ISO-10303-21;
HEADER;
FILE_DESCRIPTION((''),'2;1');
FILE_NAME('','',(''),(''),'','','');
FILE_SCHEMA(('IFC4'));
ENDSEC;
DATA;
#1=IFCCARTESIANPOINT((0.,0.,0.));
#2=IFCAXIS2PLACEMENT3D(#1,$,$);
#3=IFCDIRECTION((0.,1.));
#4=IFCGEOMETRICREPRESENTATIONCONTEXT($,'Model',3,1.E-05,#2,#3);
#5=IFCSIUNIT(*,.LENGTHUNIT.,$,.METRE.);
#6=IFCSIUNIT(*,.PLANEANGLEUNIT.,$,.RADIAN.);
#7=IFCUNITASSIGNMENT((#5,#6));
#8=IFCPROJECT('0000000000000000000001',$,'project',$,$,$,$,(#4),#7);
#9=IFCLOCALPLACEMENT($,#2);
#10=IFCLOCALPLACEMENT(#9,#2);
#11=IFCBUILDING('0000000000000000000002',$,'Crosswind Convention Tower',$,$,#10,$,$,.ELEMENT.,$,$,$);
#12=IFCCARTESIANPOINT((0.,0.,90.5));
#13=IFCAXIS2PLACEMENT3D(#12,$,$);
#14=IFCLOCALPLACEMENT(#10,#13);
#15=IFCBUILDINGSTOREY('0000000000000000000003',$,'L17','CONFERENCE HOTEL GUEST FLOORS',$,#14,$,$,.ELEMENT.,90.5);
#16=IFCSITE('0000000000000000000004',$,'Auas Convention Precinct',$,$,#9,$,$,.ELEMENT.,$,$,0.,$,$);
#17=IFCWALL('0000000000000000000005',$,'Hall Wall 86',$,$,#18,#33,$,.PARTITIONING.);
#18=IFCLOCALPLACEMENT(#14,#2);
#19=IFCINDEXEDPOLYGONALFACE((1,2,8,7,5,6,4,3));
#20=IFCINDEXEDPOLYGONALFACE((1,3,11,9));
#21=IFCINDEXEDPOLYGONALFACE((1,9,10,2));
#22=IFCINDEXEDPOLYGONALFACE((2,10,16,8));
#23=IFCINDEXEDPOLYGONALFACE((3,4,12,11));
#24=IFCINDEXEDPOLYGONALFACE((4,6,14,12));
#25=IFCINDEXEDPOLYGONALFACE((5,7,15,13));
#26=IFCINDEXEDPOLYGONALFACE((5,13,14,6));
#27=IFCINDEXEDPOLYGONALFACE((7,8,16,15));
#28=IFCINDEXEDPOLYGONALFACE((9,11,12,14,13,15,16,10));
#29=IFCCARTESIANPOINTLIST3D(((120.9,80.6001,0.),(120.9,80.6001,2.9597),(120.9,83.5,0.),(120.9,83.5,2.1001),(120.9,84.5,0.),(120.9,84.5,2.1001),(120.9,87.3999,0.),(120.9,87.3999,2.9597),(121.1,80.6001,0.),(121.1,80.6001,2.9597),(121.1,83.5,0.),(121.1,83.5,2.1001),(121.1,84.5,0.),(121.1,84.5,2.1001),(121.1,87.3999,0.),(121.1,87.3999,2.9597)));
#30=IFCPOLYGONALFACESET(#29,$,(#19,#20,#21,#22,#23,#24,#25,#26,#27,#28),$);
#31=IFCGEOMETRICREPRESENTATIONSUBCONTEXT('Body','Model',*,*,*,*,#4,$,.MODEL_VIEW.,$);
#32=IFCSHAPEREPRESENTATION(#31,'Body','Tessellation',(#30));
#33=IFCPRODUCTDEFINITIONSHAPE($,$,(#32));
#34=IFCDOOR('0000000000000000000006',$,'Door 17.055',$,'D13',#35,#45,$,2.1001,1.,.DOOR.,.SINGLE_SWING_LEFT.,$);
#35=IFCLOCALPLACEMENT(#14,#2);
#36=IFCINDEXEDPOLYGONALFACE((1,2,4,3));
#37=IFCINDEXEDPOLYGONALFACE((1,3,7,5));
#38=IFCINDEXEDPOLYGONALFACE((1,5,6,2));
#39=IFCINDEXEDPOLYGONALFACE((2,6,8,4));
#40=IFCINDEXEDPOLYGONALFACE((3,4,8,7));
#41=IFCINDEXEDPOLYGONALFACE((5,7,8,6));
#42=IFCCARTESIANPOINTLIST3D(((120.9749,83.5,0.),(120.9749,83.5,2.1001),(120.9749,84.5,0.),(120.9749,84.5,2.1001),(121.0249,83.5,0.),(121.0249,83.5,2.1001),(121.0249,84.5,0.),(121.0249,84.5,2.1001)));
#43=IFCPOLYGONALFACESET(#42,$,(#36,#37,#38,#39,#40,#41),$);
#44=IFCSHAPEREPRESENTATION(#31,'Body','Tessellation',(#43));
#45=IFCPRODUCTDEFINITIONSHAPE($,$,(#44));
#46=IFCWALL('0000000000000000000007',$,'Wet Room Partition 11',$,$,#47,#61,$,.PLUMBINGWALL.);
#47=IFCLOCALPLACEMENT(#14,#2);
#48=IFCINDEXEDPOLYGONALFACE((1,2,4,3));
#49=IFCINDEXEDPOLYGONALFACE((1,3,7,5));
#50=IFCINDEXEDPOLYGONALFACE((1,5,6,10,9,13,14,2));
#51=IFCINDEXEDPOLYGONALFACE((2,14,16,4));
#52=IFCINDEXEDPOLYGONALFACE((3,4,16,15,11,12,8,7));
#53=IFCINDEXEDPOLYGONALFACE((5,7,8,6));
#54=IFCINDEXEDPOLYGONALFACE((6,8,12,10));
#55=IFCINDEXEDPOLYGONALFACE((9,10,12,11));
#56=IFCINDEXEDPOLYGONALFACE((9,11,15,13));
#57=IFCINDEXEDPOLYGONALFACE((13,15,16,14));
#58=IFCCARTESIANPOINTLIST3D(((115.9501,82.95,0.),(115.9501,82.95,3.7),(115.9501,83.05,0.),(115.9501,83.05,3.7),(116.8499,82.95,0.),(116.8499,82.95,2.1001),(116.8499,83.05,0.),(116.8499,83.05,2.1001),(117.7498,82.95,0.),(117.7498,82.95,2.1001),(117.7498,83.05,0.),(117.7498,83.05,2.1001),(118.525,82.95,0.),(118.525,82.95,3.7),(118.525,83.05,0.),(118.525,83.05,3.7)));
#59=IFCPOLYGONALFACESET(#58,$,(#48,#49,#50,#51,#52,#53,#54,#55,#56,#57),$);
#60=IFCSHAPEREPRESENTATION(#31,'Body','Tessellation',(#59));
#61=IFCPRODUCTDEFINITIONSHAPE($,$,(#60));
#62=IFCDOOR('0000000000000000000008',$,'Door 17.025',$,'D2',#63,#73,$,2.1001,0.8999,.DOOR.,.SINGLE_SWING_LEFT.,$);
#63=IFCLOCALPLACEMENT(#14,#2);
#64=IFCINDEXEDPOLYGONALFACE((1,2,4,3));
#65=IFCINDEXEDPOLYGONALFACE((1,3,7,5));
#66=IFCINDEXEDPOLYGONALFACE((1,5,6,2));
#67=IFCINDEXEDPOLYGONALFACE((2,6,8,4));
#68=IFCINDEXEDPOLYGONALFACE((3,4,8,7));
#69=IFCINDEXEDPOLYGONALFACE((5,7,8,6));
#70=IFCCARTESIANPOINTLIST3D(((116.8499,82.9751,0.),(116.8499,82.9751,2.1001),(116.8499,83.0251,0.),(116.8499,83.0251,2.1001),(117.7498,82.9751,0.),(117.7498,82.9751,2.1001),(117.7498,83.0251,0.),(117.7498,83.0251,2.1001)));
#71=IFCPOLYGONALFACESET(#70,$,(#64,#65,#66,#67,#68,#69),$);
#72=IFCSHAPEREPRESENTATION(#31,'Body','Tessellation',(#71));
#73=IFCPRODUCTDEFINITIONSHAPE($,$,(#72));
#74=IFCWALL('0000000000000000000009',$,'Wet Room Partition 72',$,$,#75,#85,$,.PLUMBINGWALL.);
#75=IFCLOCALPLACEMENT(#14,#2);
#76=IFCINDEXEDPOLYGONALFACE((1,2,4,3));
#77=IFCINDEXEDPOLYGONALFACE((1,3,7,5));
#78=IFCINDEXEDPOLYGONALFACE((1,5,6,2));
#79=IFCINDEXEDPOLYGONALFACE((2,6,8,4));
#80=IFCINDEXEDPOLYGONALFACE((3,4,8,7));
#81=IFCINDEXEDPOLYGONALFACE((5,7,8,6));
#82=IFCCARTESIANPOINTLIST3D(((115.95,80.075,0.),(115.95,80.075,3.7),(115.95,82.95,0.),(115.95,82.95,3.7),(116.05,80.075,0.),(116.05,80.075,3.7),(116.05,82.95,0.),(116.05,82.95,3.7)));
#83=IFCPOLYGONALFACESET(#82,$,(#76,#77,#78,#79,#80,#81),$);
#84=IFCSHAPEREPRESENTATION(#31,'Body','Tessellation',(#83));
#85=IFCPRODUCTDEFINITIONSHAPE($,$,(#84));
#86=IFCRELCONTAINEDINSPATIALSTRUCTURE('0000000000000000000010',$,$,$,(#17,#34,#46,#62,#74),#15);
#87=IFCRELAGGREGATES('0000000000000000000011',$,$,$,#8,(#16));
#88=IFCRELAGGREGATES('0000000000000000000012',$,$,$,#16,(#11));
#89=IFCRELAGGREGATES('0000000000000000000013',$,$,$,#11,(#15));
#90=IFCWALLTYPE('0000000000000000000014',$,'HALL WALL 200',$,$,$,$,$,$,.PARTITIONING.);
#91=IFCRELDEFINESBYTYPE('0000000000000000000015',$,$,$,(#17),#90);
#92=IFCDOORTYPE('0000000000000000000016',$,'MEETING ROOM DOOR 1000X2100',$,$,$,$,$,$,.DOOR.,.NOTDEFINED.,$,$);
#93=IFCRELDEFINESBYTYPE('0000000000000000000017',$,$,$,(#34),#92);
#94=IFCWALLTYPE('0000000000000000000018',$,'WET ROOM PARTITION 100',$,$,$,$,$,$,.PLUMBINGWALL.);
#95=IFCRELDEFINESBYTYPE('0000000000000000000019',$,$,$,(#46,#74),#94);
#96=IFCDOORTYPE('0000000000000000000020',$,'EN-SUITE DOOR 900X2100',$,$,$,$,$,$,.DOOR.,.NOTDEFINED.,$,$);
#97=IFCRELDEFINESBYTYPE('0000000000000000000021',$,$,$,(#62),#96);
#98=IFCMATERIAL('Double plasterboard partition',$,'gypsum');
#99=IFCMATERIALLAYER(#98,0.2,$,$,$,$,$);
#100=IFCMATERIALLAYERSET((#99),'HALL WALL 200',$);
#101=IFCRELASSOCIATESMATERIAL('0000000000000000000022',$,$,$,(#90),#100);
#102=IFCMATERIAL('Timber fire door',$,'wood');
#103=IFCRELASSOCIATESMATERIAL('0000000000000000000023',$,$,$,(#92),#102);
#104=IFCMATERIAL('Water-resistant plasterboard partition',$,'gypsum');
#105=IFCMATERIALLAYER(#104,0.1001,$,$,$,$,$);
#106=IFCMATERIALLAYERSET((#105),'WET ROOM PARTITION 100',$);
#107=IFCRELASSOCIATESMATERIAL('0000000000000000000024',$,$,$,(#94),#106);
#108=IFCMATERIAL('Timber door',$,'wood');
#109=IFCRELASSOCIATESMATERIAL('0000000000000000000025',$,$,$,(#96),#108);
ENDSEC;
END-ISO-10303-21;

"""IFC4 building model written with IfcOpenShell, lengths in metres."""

from ifc_helpers import new_model, si_unit, direction, frame, frame_2d, origin, place, context, subcontext, project, spatial, rectangle, extrude, material, layer, layer_set, type_object, element, fill, save


model = new_model("IFC4")

# Units and contexts
model_context = context("Model", 3, precision=1e-05, world=origin(), true_north=direction((0.0, 1.0)))
body_context = subcontext(model_context, "Body", "Model", "MODEL_VIEW")
ifc_project = project(units=[si_unit("LENGTHUNIT", "METRE"), si_unit("PLANEANGLEUNIT", "RADIAN")], contexts=[model_context])

# Site, building, storey
site_placement = place(None, origin())
site = spatial("IfcSite", under=ifc_project, at=site_placement, Name="Auas Convention Precinct", CompositionType="ELEMENT", RefElevation=0.0)
building_placement = place(site_placement, origin())
building = spatial("IfcBuilding", under=site, at=building_placement, Name="Crosswind Convention Tower", CompositionType="ELEMENT")
storey_placement = place(building_placement, frame((0.0, 0.0, 90.5)))
storey = spatial("IfcBuildingStorey", under=building, at=storey_placement, Name="L17", Description="CONFERENCE HOTEL GUEST FLOORS", CompositionType="ELEMENT", Elevation=90.5)

# Walls, openings, doors
ifc_material_1 = material(Name="Timber fire door", Category="wood")
ifc_material_2 = material(Name="Double plasterboard partition", Category="gypsum")
ifc_layer_1 = layer(ifc_material_2, 0.2)
ifc_layer_set_1 = layer_set([ifc_layer_1], Name="HALL WALL 200")
wall_type_1 = type_object("IfcWallType", Name="HALL WALL 200", PredefinedType="PARTITIONING", material=ifc_layer_set_1)
wall_1_placement = place(storey_placement, frame((121.0, 80.6001, 0.0), z_axis=(0.0, 0.0, 1.0), x_axis=(0.0, 1.0, 0.0)))
wall_1 = element("IfcWall", 1, at=wall_1_placement, inside=storey, type_object=wall_type_1, Name="Hall Wall 86", PredefinedType="PARTITIONING", context=body_context, shape_type="SweptSolid", body=[
    extrude(rectangle(XDim=6.7998, YDim=0.2, at=frame_2d((3.3999, 0.0))), origin(), (0.0, 0.0, 1.0), 2.9597),
])
opening_1_placement = place(wall_1_placement, frame((2.8999, 0.0, 0.0)))
opening_1 = element("IfcOpeningElement", 2, at=opening_1_placement, cuts=wall_1, PredefinedType="OPENING", context=body_context, shape_type="SweptSolid", body=[
    extrude(rectangle(XDim=1.0, YDim=2.1001, at=frame_2d((0.5, 1.05))), frame((0.0, 0.1099, 0.0), z_axis=(0.0, -1.0, 0.0), x_axis=(1.0, 0.0, 0.0)), (0.0, 0.0, 1.0), 0.22),
])
door_type_1 = type_object("IfcDoorType", Name="MEETING ROOM DOOR 1000X2100", OperationType="NOTDEFINED", PredefinedType="DOOR", material=ifc_material_1)
door_1_placement = place(opening_1_placement, frame((1.0, 0.0, 0.0), z_axis=(0.0, 0.0, 1.0), x_axis=(-1.0, 0.0, 0.0)))
door_1 = element("IfcDoor", 3, at=door_1_placement, inside=storey, type_object=door_type_1, Name="Door 17.055", ObjectType="D13", OperationType="SINGLE_SWING_LEFT", OverallHeight=2.1001, OverallWidth=1.0, PredefinedType="DOOR", context=body_context, shape_type="SweptSolid", body=[
    extrude(rectangle(XDim=1.0, YDim=2.1001, at=frame_2d((0.5, 1.05))), frame((0.0, 0.0249, 0.0), z_axis=(0.0, -1.0, 0.0), x_axis=(1.0, 0.0, 0.0)), (0.0, 0.0, 1.0), 0.05),
])
fill(opening_1, door_1)
ifc_material_3 = material(Name="Water-resistant plasterboard partition", Category="gypsum")
ifc_layer_2 = layer(ifc_material_3, 0.1001)
ifc_layer_set_2 = layer_set([ifc_layer_2], Name="WET ROOM PARTITION 100")
wall_type_2 = type_object("IfcWallType", Name="WET ROOM PARTITION 100", PredefinedType="PLUMBINGWALL", material=ifc_layer_set_2)
wall_2_placement = place(storey_placement, frame((115.95, 83.0, 0.0), z_axis=(0.0, 0.0, 1.0), x_axis=(1.0, 0.0, 0.0)))
wall_2 = element("IfcWall", 4, at=wall_2_placement, inside=storey, type_object=wall_type_2, Name="Wet Room Partition 11", PredefinedType="PLUMBINGWALL", context=body_context, shape_type="SweptSolid", body=[
    extrude(rectangle(XDim=2.575, YDim=0.1001, at=frame_2d((1.2876, 0.0))), origin(), (0.0, 0.0, 1.0), 3.7),
])
opening_2_placement = place(wall_2_placement, frame((0.8999, 0.0, 0.0)))
opening_2 = element("IfcOpeningElement", 5, at=opening_2_placement, cuts=wall_2, PredefinedType="OPENING", context=body_context, shape_type="SweptSolid", body=[
    extrude(rectangle(XDim=0.8999, YDim=2.1001, at=frame_2d((0.45, 1.05))), frame((0.0, 0.0601, 0.0), z_axis=(0.0, -1.0, 0.0), x_axis=(1.0, 0.0, 0.0)), (0.0, 0.0, 1.0), 0.1201),
])
ifc_material_4 = material(Name="Timber door", Category="wood")
door_type_2 = type_object("IfcDoorType", Name="EN-SUITE DOOR 900X2100", OperationType="NOTDEFINED", PredefinedType="DOOR", material=ifc_material_4)
door_2_placement = place(opening_2_placement, frame((0.8999, 0.0, 0.0), z_axis=(0.0, 0.0, 1.0), x_axis=(-1.0, 0.0, 0.0)))
door_2 = element("IfcDoor", 6, at=door_2_placement, inside=storey, type_object=door_type_2, Name="Door 17.025", ObjectType="D2", OperationType="SINGLE_SWING_LEFT", OverallHeight=2.1001, OverallWidth=0.8999, PredefinedType="DOOR", context=body_context, shape_type="SweptSolid", body=[
    extrude(rectangle(XDim=0.8999, YDim=2.1001, at=frame_2d((0.45, 1.05))), frame((0.0, 0.0249, 0.0), z_axis=(0.0, -1.0, 0.0), x_axis=(1.0, 0.0, 0.0)), (0.0, 0.0, 1.0), 0.05),
])
fill(opening_2, door_2)

# Wall
wall_3_placement = place(storey_placement, frame((116.0, 80.075, 0.0), z_axis=(0.0, 0.0, 1.0), x_axis=(0.0, 1.0, 0.0)))
element("IfcWall", 7, at=wall_3_placement, inside=storey, type_object=wall_type_2, Name="Wet Room Partition 72", PredefinedType="PLUMBINGWALL", context=body_context, shape_type="SweptSolid", body=[
    extrude(rectangle(XDim=2.875, YDim=0.1001, at=frame_2d((1.4375, 0.0))), origin(), (0.0, 0.0, 1.0), 3.7),
])

save(model, "model.ifc")
